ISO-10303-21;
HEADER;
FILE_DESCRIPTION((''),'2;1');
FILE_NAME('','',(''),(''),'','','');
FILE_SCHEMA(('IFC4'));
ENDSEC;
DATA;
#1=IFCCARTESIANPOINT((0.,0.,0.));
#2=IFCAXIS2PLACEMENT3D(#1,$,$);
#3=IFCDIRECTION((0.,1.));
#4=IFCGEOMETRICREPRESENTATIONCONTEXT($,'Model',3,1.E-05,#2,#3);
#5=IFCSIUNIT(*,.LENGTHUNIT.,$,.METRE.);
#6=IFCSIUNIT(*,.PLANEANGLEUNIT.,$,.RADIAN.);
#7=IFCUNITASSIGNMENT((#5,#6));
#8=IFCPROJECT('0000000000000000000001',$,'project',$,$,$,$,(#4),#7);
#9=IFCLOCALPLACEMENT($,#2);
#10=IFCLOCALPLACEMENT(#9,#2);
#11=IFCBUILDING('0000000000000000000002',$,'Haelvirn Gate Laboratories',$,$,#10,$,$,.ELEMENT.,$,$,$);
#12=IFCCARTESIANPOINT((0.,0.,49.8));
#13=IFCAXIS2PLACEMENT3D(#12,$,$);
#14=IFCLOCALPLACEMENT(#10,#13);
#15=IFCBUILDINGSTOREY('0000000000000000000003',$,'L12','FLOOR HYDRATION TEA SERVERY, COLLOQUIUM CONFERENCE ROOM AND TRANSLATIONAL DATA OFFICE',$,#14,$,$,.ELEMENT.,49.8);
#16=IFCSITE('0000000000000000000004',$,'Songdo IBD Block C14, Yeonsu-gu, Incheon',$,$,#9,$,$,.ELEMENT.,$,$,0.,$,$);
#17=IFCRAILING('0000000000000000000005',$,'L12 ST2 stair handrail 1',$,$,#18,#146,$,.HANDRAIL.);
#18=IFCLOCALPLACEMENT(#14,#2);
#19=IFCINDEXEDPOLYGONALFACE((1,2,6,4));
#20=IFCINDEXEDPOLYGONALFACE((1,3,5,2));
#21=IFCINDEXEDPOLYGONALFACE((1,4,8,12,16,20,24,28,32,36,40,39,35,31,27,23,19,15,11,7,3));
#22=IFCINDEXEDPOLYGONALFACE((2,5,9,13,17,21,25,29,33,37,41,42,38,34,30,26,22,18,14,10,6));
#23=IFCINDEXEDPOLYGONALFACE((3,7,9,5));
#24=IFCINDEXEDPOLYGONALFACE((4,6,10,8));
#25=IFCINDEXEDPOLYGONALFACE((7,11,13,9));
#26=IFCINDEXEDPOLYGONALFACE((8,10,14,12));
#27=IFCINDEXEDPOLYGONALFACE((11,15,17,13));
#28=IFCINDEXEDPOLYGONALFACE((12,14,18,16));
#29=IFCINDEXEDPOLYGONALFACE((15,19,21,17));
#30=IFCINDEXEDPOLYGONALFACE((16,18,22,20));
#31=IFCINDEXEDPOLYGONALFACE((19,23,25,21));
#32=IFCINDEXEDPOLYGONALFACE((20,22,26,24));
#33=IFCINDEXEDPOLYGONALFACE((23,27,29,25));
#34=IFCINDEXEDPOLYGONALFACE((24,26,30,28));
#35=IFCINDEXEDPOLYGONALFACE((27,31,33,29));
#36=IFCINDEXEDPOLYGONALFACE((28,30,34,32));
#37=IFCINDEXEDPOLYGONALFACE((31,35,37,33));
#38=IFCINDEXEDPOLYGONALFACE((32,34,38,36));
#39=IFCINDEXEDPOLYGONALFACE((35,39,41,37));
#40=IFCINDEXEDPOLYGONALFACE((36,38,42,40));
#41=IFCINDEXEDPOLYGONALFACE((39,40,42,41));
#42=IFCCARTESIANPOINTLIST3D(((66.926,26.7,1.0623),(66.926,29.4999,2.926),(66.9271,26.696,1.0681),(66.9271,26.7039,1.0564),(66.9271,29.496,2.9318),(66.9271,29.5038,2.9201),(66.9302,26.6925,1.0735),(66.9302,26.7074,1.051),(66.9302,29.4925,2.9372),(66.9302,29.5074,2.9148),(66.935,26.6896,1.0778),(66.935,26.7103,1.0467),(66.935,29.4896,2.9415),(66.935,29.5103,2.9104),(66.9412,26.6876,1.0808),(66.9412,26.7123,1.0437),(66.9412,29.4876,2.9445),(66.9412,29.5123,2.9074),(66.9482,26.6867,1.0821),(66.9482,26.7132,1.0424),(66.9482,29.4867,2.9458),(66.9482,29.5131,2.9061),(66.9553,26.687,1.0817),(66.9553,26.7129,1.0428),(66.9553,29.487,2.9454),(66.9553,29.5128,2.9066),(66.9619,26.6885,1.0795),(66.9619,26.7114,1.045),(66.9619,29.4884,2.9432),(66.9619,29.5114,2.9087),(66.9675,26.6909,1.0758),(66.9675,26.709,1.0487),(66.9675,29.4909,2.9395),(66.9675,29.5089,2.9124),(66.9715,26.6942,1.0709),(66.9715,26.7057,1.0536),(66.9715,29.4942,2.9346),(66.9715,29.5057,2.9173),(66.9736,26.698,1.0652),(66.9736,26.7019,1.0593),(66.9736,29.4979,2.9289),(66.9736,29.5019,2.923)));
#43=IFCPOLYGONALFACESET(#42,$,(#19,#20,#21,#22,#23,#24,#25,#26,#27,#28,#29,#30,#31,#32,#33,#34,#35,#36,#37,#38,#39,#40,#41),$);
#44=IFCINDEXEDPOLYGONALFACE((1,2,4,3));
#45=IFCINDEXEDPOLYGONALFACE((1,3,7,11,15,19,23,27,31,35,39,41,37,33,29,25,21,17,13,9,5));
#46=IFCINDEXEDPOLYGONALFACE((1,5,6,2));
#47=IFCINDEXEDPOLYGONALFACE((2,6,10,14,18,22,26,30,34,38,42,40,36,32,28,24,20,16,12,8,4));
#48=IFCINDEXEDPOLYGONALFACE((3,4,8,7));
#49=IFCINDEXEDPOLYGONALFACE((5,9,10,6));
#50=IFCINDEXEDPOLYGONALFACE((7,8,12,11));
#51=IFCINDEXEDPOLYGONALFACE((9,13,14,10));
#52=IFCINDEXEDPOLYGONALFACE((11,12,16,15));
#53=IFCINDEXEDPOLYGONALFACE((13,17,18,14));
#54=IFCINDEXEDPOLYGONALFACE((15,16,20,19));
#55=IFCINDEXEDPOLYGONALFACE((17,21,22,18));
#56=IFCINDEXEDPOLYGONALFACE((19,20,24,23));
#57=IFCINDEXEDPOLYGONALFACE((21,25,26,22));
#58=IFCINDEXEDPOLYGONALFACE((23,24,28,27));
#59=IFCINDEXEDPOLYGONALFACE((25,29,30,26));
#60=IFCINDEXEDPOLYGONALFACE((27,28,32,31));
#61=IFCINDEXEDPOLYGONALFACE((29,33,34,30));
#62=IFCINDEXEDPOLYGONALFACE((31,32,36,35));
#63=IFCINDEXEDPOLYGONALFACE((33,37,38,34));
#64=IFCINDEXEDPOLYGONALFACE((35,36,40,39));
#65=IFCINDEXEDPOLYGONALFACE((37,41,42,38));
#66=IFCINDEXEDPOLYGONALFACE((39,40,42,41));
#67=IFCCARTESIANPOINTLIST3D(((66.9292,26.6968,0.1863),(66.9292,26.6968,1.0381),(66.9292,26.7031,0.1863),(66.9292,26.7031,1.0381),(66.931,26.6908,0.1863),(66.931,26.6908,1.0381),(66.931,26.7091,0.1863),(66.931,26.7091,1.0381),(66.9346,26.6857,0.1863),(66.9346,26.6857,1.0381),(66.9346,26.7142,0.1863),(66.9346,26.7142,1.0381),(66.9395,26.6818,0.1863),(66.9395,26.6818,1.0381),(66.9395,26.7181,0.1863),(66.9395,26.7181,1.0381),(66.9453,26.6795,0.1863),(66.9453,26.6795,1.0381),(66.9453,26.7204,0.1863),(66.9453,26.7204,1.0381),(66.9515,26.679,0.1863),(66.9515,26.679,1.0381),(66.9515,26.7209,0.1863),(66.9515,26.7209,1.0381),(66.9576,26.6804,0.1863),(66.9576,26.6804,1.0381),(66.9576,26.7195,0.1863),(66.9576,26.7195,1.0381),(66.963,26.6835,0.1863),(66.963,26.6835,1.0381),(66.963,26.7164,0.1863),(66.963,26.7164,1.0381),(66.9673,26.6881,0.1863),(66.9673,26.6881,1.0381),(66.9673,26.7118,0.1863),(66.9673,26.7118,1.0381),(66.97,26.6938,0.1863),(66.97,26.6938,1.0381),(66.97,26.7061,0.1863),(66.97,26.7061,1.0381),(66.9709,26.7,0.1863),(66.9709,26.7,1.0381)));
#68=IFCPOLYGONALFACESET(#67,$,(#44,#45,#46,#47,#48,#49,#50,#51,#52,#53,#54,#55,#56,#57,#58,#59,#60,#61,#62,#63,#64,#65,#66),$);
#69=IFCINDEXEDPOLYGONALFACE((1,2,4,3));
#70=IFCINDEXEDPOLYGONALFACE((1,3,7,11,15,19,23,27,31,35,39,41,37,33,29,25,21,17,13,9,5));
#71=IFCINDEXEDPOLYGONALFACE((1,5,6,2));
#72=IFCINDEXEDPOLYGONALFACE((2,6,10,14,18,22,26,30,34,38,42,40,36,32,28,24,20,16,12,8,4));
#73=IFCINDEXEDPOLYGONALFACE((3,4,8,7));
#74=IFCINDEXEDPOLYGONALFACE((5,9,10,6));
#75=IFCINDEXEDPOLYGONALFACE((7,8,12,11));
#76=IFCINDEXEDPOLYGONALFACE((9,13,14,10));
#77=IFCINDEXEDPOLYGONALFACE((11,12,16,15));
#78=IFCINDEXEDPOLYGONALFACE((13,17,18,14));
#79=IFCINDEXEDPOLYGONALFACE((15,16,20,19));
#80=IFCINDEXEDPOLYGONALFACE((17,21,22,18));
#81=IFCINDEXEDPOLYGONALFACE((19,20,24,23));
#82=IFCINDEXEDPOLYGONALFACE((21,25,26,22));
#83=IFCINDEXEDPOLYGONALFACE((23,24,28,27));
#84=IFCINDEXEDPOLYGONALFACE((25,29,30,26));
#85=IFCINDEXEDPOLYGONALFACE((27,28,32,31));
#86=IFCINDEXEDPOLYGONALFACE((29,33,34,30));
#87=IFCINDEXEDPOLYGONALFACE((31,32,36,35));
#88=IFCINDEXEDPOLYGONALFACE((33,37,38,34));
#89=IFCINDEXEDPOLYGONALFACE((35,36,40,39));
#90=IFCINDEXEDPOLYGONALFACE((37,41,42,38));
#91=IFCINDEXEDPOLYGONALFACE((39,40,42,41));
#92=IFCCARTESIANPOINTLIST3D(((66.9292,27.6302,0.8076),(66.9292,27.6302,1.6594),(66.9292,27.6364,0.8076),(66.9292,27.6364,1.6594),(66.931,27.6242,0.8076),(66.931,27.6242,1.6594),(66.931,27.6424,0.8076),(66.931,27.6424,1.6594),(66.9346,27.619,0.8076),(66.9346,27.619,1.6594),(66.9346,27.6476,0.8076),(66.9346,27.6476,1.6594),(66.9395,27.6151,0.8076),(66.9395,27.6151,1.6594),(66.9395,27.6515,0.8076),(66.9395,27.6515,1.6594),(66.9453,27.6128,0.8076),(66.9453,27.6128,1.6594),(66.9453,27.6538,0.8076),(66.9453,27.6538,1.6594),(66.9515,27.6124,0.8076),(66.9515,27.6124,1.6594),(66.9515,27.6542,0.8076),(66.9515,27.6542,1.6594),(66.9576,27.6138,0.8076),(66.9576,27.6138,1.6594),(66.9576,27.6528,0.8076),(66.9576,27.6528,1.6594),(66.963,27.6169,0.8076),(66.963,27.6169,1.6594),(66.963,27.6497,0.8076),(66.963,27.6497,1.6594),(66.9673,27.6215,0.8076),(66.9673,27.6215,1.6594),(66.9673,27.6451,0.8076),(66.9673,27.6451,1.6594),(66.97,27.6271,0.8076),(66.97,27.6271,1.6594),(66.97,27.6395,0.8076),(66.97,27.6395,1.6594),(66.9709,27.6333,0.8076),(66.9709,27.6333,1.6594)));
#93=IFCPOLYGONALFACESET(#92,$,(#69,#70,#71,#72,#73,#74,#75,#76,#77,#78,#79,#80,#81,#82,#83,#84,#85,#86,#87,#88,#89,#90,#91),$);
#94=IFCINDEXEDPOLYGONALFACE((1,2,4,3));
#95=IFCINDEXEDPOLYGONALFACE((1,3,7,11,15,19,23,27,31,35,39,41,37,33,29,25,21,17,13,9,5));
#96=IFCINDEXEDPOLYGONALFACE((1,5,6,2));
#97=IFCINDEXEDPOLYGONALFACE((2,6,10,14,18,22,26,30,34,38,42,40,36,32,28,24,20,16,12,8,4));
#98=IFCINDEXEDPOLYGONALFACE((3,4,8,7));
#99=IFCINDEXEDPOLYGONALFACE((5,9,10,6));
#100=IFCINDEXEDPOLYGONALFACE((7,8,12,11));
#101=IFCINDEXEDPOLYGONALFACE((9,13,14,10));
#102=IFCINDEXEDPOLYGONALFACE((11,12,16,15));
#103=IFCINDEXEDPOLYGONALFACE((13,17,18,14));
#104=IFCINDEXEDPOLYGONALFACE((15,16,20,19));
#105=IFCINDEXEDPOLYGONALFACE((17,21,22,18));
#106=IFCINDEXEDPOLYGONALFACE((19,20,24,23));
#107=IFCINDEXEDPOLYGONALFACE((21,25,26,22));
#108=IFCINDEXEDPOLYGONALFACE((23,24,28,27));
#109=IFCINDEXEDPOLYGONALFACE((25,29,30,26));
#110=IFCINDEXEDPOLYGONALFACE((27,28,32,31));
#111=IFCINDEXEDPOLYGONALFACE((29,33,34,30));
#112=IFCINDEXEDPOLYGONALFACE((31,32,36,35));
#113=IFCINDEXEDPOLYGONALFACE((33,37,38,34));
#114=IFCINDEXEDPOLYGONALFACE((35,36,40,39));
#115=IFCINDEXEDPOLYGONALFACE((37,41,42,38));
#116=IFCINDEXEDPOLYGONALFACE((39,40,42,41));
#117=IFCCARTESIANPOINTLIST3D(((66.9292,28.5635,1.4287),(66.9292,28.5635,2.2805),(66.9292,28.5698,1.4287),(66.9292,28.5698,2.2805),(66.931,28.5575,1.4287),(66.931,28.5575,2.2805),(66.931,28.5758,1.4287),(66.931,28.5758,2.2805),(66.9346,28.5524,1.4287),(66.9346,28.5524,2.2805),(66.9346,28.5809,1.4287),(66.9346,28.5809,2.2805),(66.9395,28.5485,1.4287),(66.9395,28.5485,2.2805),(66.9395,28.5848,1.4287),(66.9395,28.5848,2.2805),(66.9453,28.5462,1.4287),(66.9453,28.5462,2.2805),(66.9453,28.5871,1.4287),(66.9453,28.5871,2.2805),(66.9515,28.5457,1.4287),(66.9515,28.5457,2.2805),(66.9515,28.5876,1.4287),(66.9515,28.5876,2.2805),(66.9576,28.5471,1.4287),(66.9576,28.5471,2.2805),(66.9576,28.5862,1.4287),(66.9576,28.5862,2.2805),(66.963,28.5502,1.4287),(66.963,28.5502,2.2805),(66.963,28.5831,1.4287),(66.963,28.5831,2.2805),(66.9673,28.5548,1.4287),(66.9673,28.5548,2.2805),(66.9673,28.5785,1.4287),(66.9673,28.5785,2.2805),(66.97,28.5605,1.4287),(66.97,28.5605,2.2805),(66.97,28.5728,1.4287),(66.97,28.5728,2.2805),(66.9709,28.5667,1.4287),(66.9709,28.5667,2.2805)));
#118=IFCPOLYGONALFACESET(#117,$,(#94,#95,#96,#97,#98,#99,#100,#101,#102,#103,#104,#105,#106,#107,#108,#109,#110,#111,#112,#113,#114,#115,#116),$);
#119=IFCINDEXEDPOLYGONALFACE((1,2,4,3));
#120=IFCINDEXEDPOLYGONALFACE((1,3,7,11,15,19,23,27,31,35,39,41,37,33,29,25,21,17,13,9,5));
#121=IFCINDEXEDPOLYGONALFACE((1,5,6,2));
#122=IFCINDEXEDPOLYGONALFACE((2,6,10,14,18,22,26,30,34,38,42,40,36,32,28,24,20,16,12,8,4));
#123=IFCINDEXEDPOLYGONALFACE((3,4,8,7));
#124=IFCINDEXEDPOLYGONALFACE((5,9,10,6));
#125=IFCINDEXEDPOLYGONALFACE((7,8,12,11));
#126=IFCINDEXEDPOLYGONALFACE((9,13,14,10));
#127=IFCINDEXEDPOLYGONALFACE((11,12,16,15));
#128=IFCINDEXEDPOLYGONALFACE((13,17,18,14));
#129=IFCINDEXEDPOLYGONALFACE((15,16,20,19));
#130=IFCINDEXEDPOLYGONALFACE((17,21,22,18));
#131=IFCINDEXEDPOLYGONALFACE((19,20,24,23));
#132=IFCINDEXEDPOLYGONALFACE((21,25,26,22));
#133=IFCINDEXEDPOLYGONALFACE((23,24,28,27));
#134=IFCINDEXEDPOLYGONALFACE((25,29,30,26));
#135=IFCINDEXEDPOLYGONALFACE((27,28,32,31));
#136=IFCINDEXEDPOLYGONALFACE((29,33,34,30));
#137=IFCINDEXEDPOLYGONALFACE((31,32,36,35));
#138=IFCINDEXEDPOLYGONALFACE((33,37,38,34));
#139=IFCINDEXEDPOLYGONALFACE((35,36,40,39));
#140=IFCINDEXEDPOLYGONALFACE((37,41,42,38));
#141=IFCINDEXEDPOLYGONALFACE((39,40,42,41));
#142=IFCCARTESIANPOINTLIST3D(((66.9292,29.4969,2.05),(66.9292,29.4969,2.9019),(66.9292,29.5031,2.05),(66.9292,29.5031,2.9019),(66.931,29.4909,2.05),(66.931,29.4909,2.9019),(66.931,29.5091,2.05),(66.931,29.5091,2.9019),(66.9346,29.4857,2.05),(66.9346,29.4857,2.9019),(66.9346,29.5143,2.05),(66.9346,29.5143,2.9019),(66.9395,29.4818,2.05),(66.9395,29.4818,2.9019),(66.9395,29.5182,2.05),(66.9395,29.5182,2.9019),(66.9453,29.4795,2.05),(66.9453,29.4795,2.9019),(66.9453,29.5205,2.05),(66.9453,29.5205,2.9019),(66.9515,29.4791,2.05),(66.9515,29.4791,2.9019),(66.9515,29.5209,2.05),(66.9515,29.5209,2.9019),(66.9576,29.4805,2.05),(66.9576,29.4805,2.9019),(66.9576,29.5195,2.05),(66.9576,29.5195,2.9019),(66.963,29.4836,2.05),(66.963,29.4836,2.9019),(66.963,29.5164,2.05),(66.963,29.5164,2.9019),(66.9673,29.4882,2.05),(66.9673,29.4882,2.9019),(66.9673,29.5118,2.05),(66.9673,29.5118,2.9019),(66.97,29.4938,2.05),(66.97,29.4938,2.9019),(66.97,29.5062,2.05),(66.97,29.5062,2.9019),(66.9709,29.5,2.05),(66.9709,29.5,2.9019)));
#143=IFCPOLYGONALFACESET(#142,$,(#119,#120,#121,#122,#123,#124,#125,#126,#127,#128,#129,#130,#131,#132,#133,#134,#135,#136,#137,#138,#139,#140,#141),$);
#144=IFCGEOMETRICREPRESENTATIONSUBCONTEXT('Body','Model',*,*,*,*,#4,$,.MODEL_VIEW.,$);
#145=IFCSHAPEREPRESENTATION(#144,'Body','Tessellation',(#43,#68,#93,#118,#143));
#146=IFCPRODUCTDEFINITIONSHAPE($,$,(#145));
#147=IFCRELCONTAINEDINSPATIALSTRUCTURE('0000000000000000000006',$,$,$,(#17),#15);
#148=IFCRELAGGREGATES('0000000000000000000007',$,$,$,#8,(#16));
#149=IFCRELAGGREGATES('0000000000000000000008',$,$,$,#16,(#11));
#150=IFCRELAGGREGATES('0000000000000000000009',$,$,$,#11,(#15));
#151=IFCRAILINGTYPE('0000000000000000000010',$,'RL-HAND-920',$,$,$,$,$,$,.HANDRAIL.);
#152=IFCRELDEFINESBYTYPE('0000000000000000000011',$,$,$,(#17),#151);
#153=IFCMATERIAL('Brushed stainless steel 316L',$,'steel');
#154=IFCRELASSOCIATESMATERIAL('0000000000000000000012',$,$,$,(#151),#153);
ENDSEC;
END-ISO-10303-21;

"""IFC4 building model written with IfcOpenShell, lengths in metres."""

from ifc_helpers import new_model, si_unit, direction, frame, origin, origin_2d, place, context, subcontext, project, spatial, circle, extrude, source, transform, mapped, material, type_object, element, save


model = new_model("IFC4")

# Units and contexts
model_context = context("Model", 3, precision=1e-05, world=origin(), true_north=direction((0.0, 1.0)))
body_context = subcontext(model_context, "Body", "Model", "MODEL_VIEW")
ifc_project = project(units=[si_unit("LENGTHUNIT", "METRE"), si_unit("PLANEANGLEUNIT", "RADIAN")], contexts=[model_context])

# Site, building, storey
site_placement = place(None, origin())
site = spatial("IfcSite", under=ifc_project, at=site_placement, Name="Songdo IBD Block C14, Yeonsu-gu, Incheon", CompositionType="ELEMENT", RefElevation=0.0)
building_placement = place(site_placement, origin())
building = spatial("IfcBuilding", under=site, at=building_placement, Name="Haelvirn Gate Laboratories", CompositionType="ELEMENT")
storey_placement = place(building_placement, frame((0.0, 0.0, 49.8)))
storey = spatial("IfcBuildingStorey", under=building, at=storey_placement, Name="L12", Description="FLOOR HYDRATION TEA SERVERY, COLLOQUIUM CONFERENCE ROOM AND TRANSLATIONAL DATA OFFICE", CompositionType="ELEMENT", Elevation=49.8)

# Railing
ifc_material_1 = material(Name="Brushed stainless steel 316L", Category="steel")
railing_type_1 = type_object("IfcRailingType", Name="RL-HAND-920", PredefinedType="HANDRAIL", material=ifc_material_1)
shared_shape_1 = source(origin(), body_context, "Body", "SweptSolid", [
    extrude(circle(Radius=0.0239, at=origin_2d()), frame((0.0, 0.0, 0.876), z_axis=(0.0, 0.832452, 0.554097), x_axis=(-1.0, 0.0, 0.0)), (0.0, 0.0, 1.0), 3.3635),
    extrude(circle(Radius=0.021, at=origin_2d()), origin(), (0.0, 0.0, 1.0), 0.8518),
    extrude(circle(Radius=0.021, at=origin_2d()), frame((0.0, 0.9333, 0.6213)), (0.0, 0.0, 1.0), 0.8518),
    extrude(circle(Radius=0.021, at=origin_2d()), frame((0.0, 1.8667, 1.2424)), (0.0, 0.0, 1.0), 0.8518),
    extrude(circle(Radius=0.021, at=origin_2d()), frame((0.0, 2.8, 1.8638)), (0.0, 0.0, 1.0), 0.8518),
])
railing_1_placement = place(storey_placement, frame((66.95, 26.7, 0.1863)))
element("IfcRailing", 1, at=railing_1_placement, inside=storey, type_object=railing_type_1, Name="L12 ST2 stair handrail 1", PredefinedType="HANDRAIL", context=body_context, shape_type="MappedRepresentation", body=[
    mapped(shared_shape_1, transform((0.0, 0.0, 0.0), scale=1.0)),
])

save(model, "model.ifc")
